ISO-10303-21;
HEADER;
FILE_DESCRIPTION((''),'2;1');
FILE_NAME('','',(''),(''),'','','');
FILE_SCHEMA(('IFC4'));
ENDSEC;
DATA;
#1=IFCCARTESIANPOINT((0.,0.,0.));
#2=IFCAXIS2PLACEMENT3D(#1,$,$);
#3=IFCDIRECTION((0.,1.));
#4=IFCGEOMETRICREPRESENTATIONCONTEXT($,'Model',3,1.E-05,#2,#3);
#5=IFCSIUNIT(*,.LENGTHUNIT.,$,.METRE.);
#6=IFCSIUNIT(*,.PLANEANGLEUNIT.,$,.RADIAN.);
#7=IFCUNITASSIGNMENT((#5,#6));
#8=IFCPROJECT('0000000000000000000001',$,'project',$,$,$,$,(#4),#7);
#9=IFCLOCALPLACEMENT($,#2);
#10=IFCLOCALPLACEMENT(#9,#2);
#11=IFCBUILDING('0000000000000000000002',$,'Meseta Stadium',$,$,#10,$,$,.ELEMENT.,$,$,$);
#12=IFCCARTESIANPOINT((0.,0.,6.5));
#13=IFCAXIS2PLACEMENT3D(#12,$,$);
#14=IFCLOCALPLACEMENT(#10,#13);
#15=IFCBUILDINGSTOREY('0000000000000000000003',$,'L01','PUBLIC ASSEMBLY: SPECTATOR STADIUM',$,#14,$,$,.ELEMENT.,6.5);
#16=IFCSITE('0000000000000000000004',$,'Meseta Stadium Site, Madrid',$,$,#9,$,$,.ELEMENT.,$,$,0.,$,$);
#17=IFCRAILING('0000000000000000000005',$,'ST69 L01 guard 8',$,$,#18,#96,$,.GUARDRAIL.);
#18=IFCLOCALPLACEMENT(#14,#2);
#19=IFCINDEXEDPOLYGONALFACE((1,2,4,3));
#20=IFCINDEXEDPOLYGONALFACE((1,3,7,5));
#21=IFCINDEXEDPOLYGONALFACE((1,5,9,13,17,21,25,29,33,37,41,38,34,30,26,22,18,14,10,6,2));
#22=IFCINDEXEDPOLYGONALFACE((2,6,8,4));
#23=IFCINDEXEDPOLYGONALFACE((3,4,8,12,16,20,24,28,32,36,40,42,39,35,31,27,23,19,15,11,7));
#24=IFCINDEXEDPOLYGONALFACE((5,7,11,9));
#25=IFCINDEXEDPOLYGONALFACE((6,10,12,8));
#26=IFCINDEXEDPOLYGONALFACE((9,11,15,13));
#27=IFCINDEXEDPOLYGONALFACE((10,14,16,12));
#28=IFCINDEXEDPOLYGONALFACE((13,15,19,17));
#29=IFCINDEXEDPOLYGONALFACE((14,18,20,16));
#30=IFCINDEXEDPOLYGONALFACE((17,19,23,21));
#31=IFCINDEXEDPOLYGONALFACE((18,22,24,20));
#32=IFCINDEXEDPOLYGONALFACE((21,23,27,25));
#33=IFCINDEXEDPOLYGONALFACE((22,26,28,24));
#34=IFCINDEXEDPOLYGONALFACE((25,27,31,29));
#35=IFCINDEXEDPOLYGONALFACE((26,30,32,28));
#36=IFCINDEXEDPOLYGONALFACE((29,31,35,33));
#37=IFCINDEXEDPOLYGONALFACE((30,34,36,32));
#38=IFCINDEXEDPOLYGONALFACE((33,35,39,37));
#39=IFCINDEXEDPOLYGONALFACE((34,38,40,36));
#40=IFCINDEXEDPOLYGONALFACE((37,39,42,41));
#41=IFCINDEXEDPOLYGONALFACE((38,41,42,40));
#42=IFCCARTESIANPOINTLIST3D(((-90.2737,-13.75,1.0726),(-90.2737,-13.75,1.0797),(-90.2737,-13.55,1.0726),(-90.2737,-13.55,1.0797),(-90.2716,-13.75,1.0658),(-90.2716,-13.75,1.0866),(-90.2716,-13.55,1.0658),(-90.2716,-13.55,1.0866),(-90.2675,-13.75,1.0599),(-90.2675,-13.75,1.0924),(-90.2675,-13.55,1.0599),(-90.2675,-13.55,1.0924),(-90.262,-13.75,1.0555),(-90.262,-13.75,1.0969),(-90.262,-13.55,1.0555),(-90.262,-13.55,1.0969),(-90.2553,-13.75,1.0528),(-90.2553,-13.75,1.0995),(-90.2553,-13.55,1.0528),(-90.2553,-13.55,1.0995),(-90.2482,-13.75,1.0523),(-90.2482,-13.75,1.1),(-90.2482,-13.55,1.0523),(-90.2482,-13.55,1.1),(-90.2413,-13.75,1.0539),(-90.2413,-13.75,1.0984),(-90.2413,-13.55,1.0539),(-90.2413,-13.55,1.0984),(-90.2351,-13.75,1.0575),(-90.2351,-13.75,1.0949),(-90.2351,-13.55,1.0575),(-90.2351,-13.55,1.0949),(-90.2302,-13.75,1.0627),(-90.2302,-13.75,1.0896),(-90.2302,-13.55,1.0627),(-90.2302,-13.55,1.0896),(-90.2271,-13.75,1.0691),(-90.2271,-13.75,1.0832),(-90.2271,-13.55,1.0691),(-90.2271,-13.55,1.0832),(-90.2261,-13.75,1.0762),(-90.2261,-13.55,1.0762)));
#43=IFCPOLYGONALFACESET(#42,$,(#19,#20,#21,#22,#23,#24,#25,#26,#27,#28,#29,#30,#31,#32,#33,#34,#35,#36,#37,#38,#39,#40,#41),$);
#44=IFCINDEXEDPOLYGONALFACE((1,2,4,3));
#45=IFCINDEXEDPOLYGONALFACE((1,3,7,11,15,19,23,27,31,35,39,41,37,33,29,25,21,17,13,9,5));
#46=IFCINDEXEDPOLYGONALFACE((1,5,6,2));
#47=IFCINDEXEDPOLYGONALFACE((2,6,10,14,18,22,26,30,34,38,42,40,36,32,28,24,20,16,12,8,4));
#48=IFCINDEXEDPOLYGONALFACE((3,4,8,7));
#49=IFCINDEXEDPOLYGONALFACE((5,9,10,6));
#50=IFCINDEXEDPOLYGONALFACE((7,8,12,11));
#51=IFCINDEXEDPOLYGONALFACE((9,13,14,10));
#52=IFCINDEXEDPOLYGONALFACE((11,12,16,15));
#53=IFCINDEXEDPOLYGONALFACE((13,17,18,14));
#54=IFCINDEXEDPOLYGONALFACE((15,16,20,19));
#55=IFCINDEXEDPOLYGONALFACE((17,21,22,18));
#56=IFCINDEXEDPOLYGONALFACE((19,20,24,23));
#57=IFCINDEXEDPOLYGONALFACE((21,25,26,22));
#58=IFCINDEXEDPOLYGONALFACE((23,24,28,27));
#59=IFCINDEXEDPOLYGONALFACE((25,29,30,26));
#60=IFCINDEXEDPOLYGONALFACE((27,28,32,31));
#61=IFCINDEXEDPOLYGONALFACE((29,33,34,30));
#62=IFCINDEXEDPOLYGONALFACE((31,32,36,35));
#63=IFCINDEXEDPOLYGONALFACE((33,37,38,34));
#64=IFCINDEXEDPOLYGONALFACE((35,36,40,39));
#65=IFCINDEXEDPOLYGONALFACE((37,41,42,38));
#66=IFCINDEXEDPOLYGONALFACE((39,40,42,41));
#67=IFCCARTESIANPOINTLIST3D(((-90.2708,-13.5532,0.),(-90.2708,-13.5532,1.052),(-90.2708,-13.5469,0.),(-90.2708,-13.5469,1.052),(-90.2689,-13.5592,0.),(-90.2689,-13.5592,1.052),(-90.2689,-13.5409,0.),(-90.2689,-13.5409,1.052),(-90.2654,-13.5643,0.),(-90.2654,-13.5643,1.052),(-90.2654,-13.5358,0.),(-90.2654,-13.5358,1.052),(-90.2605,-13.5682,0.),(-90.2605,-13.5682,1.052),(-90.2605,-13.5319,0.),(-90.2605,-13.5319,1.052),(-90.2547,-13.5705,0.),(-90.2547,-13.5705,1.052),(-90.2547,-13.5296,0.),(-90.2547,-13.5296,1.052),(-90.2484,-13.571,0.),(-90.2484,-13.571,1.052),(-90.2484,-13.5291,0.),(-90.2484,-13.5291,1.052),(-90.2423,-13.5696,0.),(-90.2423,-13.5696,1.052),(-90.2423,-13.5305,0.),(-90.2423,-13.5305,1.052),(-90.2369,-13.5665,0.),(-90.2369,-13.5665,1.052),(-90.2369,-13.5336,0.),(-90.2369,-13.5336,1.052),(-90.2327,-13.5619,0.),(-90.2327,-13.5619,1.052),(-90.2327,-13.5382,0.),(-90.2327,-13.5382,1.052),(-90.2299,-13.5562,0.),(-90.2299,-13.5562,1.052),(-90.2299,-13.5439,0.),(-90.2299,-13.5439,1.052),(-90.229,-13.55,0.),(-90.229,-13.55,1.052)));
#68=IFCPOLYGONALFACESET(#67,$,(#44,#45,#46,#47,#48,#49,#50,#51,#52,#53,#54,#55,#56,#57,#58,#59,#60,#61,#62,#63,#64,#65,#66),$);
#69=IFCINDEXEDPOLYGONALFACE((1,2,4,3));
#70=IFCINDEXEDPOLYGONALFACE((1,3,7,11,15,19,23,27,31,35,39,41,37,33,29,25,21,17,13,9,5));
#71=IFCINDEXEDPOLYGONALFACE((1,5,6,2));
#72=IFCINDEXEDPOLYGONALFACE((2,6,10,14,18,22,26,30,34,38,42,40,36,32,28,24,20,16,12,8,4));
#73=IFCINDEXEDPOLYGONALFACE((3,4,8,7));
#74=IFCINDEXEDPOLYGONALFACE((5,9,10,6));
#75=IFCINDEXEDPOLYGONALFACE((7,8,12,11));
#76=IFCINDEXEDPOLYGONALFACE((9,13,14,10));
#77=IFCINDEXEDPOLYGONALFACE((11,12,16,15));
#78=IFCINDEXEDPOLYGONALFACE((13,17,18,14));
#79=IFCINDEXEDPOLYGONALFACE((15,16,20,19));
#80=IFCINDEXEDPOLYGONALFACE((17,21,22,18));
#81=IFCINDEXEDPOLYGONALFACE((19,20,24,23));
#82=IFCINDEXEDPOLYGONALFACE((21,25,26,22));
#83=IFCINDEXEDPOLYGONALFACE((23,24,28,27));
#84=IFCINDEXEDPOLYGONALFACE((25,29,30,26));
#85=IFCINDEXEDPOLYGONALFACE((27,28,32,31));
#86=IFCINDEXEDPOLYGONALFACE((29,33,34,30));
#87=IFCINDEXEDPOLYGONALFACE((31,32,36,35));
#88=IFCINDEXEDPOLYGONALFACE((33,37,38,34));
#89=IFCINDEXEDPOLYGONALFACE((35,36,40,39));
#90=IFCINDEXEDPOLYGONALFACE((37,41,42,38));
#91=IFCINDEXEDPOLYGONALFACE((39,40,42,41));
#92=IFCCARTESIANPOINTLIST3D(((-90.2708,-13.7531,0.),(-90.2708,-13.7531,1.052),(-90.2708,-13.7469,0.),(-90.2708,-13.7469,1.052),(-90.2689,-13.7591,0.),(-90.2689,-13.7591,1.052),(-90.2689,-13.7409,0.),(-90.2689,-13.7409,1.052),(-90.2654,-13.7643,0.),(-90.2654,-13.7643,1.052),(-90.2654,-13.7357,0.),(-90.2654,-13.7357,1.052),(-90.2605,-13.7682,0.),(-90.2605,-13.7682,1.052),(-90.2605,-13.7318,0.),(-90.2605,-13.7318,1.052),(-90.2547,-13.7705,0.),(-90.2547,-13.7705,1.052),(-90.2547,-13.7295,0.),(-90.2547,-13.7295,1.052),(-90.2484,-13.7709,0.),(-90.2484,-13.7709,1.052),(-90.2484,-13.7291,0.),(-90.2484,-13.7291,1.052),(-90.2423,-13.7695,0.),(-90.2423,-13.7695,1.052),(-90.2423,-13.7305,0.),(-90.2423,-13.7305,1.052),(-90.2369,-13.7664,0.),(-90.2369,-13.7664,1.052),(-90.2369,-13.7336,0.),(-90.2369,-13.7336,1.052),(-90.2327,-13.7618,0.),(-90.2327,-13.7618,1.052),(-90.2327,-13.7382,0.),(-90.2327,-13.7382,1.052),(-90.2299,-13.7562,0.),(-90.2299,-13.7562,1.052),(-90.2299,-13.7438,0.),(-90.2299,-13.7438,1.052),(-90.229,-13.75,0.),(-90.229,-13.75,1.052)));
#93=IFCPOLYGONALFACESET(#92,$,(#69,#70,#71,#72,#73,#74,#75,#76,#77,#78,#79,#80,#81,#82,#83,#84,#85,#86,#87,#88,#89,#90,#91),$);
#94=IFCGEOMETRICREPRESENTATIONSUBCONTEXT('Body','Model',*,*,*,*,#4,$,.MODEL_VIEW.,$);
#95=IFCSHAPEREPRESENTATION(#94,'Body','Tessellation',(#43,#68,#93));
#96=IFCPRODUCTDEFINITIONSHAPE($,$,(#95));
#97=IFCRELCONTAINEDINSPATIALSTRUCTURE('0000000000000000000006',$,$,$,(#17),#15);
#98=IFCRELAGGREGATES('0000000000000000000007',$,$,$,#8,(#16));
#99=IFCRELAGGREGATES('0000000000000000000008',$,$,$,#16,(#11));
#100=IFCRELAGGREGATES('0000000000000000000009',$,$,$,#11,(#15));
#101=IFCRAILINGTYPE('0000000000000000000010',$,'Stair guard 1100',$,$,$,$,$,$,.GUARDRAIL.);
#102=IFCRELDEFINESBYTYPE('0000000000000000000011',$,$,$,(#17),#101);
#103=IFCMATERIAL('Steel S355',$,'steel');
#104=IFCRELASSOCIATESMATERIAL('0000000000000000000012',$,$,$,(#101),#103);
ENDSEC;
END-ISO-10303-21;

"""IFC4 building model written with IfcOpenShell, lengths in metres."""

from ifc_helpers import new_model, si_unit, direction, frame, origin, origin_2d, place, context, subcontext, project, spatial, circle, extrude, material, type_object, element, save


model = new_model("IFC4")

# Units and contexts
model_context = context("Model", 3, precision=1e-05, world=origin(), true_north=direction((0.0, 1.0)))
body_context = subcontext(model_context, "Body", "Model", "MODEL_VIEW")
ifc_project = project(units=[si_unit("LENGTHUNIT", "METRE"), si_unit("PLANEANGLEUNIT", "RADIAN")], contexts=[model_context])

# Site, building, storey
site_placement = place(None, origin())
site = spatial("IfcSite", under=ifc_project, at=site_placement, Name="Meseta Stadium Site, Madrid", CompositionType="ELEMENT", RefElevation=0.0)
building_placement = place(site_placement, origin())
building = spatial("IfcBuilding", under=site, at=building_placement, Name="Meseta Stadium", CompositionType="ELEMENT")
storey_placement = place(building_placement, frame((0.0, 0.0, 6.5)))
storey = spatial("IfcBuildingStorey", under=building, at=storey_placement, Name="L01", Description="PUBLIC ASSEMBLY: SPECTATOR STADIUM", CompositionType="ELEMENT", Elevation=6.5)

# Railing
ifc_material_1 = material(Name="Steel S355", Category="steel")
railing_type_1 = type_object("IfcRailingType", Name="Stair guard 1100", PredefinedType="GUARDRAIL", material=ifc_material_1)
railing_1_placement = place(storey_placement, frame((-90.25, -13.55, 0.0)))
element("IfcRailing", 1, at=railing_1_placement, inside=storey, type_object=railing_type_1, Name="ST69 L01 guard 8", PredefinedType="GUARDRAIL", context=body_context, shape_type="SweptSolid", body=[
    extrude(circle(Radius=0.0239, at=origin_2d()), frame((0.0, 0.0, 1.0762), z_axis=(0.0, -1.0, 0.0), x_axis=(1.0, 0.0, 0.0)), (0.0, 0.0, 1.0), 0.2),
    extrude(circle(Radius=0.021, at=origin_2d()), origin(), (0.0, 0.0, 1.0), 1.052),
    extrude(circle(Radius=0.021, at=origin_2d()), frame((0.0, -0.2, 0.0)), (0.0, 0.0, 1.0), 1.052),
])

save(model, "model.ifc")
